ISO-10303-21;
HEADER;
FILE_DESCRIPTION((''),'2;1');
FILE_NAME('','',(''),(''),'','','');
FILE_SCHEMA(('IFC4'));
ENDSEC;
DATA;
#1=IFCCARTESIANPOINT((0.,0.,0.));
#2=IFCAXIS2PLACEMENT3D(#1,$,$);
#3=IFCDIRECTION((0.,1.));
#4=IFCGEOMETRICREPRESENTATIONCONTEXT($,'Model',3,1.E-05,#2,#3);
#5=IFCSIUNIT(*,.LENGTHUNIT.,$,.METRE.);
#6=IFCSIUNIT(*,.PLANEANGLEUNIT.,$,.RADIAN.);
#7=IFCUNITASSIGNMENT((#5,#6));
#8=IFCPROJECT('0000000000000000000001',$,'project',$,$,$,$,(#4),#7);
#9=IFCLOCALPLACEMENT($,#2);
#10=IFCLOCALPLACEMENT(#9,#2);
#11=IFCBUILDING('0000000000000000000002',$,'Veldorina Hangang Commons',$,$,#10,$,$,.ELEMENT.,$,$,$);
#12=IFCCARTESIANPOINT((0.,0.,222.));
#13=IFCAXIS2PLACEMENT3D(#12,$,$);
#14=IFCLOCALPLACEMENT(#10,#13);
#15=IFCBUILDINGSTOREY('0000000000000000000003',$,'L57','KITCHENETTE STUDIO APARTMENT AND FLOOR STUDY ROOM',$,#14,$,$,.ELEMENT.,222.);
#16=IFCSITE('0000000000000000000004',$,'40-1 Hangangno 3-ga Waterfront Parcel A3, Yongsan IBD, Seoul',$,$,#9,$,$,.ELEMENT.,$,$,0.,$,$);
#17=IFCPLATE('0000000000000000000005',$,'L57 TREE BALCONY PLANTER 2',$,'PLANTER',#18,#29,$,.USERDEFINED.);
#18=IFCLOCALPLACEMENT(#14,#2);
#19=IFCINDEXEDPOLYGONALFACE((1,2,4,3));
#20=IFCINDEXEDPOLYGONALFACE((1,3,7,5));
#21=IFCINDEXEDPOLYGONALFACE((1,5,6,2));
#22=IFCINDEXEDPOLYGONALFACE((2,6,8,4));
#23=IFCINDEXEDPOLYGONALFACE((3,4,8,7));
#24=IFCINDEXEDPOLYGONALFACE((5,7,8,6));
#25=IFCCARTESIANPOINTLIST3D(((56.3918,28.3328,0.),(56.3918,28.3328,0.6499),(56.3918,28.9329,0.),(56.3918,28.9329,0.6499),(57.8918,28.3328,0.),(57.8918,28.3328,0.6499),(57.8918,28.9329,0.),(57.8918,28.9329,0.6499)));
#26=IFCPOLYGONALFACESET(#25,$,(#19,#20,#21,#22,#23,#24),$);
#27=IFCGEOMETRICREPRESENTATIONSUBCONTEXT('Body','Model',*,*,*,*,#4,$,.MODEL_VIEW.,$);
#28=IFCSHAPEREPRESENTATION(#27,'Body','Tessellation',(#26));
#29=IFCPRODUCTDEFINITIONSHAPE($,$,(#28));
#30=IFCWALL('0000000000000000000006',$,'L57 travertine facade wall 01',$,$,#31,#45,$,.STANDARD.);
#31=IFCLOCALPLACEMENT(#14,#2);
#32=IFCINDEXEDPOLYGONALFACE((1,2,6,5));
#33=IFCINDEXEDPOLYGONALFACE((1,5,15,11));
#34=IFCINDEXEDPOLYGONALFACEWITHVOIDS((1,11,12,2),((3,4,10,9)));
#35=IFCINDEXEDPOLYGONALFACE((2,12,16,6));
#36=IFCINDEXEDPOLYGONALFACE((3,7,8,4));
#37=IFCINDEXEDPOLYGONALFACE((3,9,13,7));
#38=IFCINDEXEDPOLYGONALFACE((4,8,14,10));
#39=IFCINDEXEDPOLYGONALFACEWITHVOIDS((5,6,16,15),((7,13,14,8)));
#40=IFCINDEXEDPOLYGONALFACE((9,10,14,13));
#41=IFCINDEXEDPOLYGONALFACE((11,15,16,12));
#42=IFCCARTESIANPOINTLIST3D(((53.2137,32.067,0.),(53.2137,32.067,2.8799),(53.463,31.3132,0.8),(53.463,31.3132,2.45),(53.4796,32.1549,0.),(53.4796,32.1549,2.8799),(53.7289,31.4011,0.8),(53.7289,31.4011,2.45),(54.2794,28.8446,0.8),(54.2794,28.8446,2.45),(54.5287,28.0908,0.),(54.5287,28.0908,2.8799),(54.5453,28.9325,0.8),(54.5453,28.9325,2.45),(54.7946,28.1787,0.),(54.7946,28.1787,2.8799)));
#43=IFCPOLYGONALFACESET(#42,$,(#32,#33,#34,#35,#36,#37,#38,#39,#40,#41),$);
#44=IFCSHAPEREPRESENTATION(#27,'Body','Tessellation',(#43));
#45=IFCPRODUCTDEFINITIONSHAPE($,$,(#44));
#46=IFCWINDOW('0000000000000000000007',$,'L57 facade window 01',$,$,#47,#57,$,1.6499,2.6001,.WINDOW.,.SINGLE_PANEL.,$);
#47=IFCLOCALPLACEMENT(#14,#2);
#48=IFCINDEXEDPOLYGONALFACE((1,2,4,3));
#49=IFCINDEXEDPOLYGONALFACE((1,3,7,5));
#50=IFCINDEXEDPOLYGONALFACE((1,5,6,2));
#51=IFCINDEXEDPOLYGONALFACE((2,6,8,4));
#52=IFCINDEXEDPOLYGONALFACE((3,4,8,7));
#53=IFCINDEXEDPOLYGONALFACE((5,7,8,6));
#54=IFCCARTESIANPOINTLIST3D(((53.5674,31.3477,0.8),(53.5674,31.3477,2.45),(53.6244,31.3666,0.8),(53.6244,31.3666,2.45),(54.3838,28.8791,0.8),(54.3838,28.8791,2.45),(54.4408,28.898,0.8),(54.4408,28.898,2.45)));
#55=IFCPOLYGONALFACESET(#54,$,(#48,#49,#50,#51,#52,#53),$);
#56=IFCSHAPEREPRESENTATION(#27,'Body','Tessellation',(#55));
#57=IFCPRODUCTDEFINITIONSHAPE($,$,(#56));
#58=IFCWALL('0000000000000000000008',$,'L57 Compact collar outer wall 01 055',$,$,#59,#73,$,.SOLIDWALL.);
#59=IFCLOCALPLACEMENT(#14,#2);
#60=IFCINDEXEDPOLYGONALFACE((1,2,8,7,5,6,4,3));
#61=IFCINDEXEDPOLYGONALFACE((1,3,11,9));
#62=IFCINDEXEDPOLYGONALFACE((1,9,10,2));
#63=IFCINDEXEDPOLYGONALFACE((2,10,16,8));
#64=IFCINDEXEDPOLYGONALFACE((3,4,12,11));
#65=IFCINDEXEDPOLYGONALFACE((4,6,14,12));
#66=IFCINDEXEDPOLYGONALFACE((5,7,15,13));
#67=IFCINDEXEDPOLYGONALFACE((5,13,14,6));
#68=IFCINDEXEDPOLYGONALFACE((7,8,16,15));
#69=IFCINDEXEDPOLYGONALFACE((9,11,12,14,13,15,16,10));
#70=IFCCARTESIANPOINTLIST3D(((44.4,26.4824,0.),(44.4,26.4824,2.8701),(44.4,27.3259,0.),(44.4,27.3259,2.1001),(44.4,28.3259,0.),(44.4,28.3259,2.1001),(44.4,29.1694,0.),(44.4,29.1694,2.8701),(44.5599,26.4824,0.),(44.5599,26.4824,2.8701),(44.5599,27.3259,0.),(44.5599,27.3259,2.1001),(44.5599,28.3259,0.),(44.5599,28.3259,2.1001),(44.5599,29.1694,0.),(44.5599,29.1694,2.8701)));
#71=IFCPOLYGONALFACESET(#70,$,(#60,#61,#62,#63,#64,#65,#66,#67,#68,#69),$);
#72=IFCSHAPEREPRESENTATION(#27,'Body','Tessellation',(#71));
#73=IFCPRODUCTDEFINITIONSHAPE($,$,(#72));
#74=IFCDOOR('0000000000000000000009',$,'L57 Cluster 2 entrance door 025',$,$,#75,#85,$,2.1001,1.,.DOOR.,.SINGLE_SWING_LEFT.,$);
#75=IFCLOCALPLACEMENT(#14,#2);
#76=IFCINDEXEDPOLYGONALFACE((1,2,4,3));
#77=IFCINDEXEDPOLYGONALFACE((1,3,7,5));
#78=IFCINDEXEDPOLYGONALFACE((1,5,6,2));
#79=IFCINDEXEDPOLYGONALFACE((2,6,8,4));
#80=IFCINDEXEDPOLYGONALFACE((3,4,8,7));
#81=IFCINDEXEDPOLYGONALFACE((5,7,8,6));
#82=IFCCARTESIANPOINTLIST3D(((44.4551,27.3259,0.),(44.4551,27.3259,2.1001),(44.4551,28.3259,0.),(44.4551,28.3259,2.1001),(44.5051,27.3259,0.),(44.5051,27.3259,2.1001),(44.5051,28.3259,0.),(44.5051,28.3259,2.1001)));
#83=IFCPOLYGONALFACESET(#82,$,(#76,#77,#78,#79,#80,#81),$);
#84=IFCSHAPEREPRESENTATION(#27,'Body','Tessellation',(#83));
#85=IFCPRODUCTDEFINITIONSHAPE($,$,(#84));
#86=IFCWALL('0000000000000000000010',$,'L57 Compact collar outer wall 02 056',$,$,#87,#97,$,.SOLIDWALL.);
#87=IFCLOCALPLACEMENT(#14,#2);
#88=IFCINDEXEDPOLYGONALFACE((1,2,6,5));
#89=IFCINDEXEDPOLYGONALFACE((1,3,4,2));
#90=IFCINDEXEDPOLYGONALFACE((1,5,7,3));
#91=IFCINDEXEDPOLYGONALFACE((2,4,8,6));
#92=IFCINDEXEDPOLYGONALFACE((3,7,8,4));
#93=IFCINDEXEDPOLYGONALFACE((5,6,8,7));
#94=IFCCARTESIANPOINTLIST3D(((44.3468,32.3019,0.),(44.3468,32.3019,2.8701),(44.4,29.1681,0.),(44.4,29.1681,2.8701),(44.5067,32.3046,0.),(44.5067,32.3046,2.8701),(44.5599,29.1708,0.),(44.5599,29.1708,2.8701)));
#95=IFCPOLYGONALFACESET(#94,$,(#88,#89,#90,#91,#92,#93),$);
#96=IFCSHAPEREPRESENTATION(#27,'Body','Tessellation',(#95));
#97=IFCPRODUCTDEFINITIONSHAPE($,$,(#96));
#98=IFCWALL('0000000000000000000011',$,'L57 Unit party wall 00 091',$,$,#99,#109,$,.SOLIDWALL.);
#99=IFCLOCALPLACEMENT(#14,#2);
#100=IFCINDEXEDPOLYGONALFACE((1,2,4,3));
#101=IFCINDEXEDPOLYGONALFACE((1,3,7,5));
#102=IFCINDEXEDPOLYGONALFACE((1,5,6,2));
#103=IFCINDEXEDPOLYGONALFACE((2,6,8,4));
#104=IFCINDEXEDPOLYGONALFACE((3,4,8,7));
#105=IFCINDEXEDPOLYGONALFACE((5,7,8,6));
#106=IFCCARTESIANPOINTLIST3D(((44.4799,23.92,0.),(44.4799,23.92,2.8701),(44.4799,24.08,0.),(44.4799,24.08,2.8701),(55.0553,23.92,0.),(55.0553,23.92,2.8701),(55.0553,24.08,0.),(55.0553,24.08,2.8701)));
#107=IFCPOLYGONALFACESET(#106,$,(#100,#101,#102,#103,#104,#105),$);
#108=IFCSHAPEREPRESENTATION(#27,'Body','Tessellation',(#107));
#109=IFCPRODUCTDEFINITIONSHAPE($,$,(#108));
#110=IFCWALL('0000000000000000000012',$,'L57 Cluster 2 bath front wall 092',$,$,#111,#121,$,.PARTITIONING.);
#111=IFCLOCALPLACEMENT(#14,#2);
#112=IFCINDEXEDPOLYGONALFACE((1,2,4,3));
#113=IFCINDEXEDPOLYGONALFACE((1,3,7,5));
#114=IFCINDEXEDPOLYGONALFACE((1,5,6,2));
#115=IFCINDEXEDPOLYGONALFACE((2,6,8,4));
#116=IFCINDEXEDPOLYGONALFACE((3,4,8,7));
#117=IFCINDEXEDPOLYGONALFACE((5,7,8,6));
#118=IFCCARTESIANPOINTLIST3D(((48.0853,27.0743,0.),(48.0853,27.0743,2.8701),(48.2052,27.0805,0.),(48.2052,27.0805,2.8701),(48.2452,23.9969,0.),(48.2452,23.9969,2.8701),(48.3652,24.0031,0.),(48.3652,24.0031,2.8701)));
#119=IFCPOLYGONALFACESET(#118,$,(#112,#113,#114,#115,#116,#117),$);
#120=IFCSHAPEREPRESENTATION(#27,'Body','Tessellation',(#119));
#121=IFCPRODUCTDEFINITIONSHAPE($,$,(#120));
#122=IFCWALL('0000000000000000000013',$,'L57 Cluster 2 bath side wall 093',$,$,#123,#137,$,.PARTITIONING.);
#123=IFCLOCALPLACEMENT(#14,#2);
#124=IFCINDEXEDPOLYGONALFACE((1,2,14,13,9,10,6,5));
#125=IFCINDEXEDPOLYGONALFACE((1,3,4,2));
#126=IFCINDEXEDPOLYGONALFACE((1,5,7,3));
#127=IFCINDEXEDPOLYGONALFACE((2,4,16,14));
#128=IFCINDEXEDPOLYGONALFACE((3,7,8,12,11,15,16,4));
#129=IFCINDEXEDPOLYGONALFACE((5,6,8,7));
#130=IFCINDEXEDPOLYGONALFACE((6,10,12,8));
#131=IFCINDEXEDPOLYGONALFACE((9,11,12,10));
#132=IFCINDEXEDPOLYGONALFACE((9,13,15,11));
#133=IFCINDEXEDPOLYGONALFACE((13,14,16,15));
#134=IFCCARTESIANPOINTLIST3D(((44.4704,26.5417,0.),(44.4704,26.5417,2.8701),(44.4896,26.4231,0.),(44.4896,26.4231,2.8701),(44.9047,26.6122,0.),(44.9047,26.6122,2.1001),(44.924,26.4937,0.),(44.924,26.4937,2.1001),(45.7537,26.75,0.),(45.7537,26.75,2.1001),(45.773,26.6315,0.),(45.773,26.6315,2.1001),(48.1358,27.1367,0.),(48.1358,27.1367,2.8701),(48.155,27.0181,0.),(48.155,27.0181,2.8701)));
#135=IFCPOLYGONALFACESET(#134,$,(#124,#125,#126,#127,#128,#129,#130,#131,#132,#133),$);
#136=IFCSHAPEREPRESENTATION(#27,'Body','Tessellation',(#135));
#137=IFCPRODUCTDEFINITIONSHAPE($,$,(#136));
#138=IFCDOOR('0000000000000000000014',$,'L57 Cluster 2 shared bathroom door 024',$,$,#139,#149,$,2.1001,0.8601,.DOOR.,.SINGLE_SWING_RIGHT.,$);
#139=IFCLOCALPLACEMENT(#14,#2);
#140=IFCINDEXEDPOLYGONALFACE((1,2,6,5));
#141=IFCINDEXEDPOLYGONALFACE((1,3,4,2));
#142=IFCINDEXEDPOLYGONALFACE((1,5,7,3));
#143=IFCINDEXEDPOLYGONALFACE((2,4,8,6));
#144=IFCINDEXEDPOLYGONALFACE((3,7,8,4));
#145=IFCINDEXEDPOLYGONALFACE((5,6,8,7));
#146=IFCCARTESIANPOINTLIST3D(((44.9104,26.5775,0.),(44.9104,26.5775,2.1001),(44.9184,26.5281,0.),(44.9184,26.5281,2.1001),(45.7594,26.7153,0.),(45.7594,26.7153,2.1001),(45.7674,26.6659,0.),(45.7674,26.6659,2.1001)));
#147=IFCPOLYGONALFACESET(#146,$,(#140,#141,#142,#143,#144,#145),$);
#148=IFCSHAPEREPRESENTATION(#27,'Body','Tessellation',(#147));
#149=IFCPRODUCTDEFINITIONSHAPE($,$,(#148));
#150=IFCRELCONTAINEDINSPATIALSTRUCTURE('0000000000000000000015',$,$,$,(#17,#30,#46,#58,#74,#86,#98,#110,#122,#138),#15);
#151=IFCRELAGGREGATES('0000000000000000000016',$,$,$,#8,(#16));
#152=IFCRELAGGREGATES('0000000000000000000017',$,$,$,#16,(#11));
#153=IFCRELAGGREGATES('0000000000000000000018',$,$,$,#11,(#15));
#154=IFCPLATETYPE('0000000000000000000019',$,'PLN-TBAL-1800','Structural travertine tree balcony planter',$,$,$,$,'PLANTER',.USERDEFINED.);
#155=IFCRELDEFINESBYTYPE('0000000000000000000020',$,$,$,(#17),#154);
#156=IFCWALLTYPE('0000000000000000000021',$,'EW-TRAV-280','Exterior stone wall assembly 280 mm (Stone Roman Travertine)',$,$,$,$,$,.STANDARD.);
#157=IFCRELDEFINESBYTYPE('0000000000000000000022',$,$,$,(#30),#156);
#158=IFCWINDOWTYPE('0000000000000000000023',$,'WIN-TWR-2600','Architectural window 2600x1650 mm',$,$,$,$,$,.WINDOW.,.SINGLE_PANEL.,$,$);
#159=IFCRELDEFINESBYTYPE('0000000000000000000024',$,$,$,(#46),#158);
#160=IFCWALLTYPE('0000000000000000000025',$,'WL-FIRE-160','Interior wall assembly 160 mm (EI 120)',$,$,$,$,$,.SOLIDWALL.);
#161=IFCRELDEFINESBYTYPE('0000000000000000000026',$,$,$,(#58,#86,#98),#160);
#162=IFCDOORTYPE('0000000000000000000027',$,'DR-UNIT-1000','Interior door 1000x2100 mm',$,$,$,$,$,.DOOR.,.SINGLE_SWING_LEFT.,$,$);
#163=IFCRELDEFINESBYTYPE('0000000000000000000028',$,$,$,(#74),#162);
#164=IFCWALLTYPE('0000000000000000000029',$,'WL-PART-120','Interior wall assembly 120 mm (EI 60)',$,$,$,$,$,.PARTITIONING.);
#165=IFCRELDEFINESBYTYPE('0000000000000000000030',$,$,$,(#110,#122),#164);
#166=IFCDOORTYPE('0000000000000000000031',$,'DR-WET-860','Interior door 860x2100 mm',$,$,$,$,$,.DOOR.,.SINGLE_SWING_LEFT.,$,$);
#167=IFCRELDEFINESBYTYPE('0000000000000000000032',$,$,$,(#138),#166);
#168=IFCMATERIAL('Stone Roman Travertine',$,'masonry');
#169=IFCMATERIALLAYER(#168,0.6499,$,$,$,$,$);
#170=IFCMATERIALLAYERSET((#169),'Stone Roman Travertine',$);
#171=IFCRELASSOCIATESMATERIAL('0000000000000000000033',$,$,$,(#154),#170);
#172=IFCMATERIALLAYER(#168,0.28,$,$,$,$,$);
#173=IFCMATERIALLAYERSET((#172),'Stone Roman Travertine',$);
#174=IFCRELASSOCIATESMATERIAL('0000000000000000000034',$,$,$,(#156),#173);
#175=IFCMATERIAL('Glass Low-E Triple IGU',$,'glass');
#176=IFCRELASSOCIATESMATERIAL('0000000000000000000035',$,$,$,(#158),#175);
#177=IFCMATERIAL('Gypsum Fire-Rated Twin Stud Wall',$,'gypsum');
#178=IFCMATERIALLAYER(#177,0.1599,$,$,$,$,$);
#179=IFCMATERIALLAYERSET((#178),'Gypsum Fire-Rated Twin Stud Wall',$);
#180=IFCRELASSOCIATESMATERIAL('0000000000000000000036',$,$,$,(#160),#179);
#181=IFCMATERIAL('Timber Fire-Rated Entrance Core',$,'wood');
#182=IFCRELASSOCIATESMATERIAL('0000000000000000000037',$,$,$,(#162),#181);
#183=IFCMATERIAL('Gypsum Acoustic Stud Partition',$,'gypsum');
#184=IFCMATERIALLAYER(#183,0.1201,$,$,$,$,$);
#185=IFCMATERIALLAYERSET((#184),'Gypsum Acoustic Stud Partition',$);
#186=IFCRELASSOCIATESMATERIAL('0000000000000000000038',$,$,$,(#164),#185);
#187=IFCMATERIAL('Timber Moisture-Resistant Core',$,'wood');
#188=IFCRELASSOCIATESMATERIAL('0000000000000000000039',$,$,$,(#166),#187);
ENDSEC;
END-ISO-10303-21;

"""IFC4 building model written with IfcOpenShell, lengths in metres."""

from ifc_helpers import new_model, si_unit, direction, frame, frame_2d, origin, origin_2d, place, context, subcontext, project, spatial, rectangle, extrude, material, layer, layer_set, type_object, element, fill, save


model = new_model("IFC4")

# Units and contexts
model_context = context("Model", 3, precision=1e-05, world=origin(), true_north=direction((0.0, 1.0)))
body_context = subcontext(model_context, "Body", "Model", "MODEL_VIEW")
ifc_project = project(units=[si_unit("LENGTHUNIT", "METRE"), si_unit("PLANEANGLEUNIT", "RADIAN")], contexts=[model_context])

# Site, building, storey
site_placement = place(None, origin())
site = spatial("IfcSite", under=ifc_project, at=site_placement, Name="40-1 Hangangno 3-ga Waterfront Parcel A3, Yongsan IBD, Seoul", CompositionType="ELEMENT", RefElevation=0.0)
building_placement = place(site_placement, origin())
building = spatial("IfcBuilding", under=site, at=building_placement, Name="Veldorina Hangang Commons", CompositionType="ELEMENT")
storey_placement = place(building_placement, frame((0.0, 0.0, 222.0)))
storey = spatial("IfcBuildingStorey", under=building, at=storey_placement, Name="L57", Description="KITCHENETTE STUDIO APARTMENT AND FLOOR STUDY ROOM", CompositionType="ELEMENT", Elevation=222.0)

# Plate
ifc_material_1 = material(Name="Stone Roman Travertine", Category="masonry")
ifc_layer_1 = layer(ifc_material_1, 0.6499)
ifc_layer_set_1 = layer_set([ifc_layer_1], Name="Stone Roman Travertine")
plate_type_1 = type_object("IfcPlateType", Name="PLN-TBAL-1800", Description="Structural travertine tree balcony planter", ElementType="PLANTER", PredefinedType="USERDEFINED", material=ifc_layer_set_1)
plate_1_placement = place(storey_placement, frame((57.1418, 28.6328, 0.0), z_axis=(0.0, 0.0, 1.0), x_axis=(1.0, 0.0, 0.0)))
element("IfcPlate", 1, at=plate_1_placement, inside=storey, type_object=plate_type_1, Name="L57 TREE BALCONY PLANTER 2", ObjectType="PLANTER", PredefinedType="USERDEFINED", context=body_context, shape_type="SweptSolid", body=[
    extrude(rectangle(XDim=1.5, YDim=0.6001, at=origin_2d()), origin(), (0.0, 0.0, 1.0), 0.6499),
])

# Wall, opening, window
ifc_layer_2 = layer(ifc_material_1, 0.28)
ifc_layer_set_2 = layer_set([ifc_layer_2], Name="Stone Roman Travertine")
wall_type_1 = type_object("IfcWallType", Name="EW-TRAV-280", Description="Exterior stone wall assembly 280 mm (Stone Roman Travertine)", PredefinedType="STANDARD", material=ifc_layer_set_2)
wall_1_placement = place(storey_placement, frame((54.6616, 28.1348, 0.0), z_axis=(0.0, 0.0, 1.0), x_axis=(-0.313988, 0.949427, 0.0)))
wall_1 = element("IfcWall", 2, at=wall_1_placement, inside=storey, type_object=wall_type_1, Name="L57 travertine facade wall 01", PredefinedType="STANDARD", context=body_context, shape_type="SweptSolid", body=[
    extrude(rectangle(XDim=4.188, YDim=0.28, at=frame_2d((2.094, 0.0))), origin(), (0.0, 0.0, 1.0), 2.8799),
])
opening_1_placement = place(wall_1_placement, frame((0.7939, 0.0, 0.8)))
opening_1 = element("IfcOpeningElement", 3, at=opening_1_placement, cuts=wall_1, PredefinedType="OPENING", context=body_context, shape_type="SweptSolid", body=[
    extrude(rectangle(XDim=2.6001, YDim=1.6499, at=frame_2d((1.3, 0.825))), frame((0.0, 0.1499, 0.0), z_axis=(0.0, -1.0, 0.0), x_axis=(1.0, 0.0, 0.0)), (0.0, 0.0, 1.0), 0.3),
])
ifc_material_2 = material(Name="Glass Low-E Triple IGU", Category="glass")
window_type = type_object("IfcWindowType", Name="WIN-TWR-2600", Description="Architectural window 2600x1650 mm", PartitioningType="SINGLE_PANEL", PredefinedType="WINDOW", material=ifc_material_2)
window_placement = place(opening_1_placement, origin())
window = element("IfcWindow", 4, at=window_placement, inside=storey, type_object=window_type, Name="L57 facade window 01", OverallHeight=1.6499, OverallWidth=2.6001, PartitioningType="SINGLE_PANEL", PredefinedType="WINDOW", context=body_context, shape_type="SweptSolid", body=[
    extrude(rectangle(XDim=2.6001, YDim=1.6499, at=frame_2d((1.3, 0.825))), frame((0.0, 0.03, 0.0), z_axis=(0.0, -1.0, 0.0), x_axis=(1.0, 0.0, 0.0)), (0.0, 0.0, 1.0), 0.0601),
])
fill(opening_1, window)

# Wall, opening, door
ifc_material_3 = material(Name="Gypsum Fire-Rated Twin Stud Wall", Category="gypsum")
ifc_layer_3 = layer(ifc_material_3, 0.1599)
ifc_layer_set_3 = layer_set([ifc_layer_3], Name="Gypsum Fire-Rated Twin Stud Wall")
wall_type_2 = type_object("IfcWallType", Name="WL-FIRE-160", Description="Interior wall assembly 160 mm (EI 120)", PredefinedType="SOLIDWALL", material=ifc_layer_set_3)
wall_2_placement = place(storey_placement, frame((44.48, 26.4824, 0.0), z_axis=(0.0, 0.0, 1.0), x_axis=(0.0, 1.0, 0.0)))
wall_2 = element("IfcWall", 5, at=wall_2_placement, inside=storey, type_object=wall_type_2, Name="L57 Compact collar outer wall 01 055", PredefinedType="SOLIDWALL", context=body_context, shape_type="SweptSolid", body=[
    extrude(rectangle(XDim=2.687, YDim=0.1599, at=frame_2d((1.3435, 0.0))), origin(), (0.0, 0.0, 1.0), 2.8701),
])
opening_2_placement = place(wall_2_placement, frame((0.8435, 0.0, 0.0)))
opening_2 = element("IfcOpeningElement", 6, at=opening_2_placement, cuts=wall_2, PredefinedType="OPENING", context=body_context, shape_type="SweptSolid", body=[
    extrude(rectangle(XDim=1.0, YDim=2.1001, at=frame_2d((0.5, 1.05))), frame((0.0, 0.0898, 0.0), z_axis=(0.0, -1.0, 0.0), x_axis=(1.0, 0.0, 0.0)), (0.0, 0.0, 1.0), 0.1799),
])
ifc_material_4 = material(Name="Timber Fire-Rated Entrance Core", Category="wood")
door_type_1 = type_object("IfcDoorType", Name="DR-UNIT-1000", Description="Interior door 1000x2100 mm", OperationType="SINGLE_SWING_LEFT", PredefinedType="DOOR", material=ifc_material_4)
door_1_placement = place(opening_2_placement, origin())
door_1 = element("IfcDoor", 7, at=door_1_placement, inside=storey, type_object=door_type_1, Name="L57 Cluster 2 entrance door 025", OperationType="SINGLE_SWING_LEFT", OverallHeight=2.1001, OverallWidth=1.0, PredefinedType="DOOR", context=body_context, shape_type="SweptSolid", body=[
    extrude(rectangle(XDim=1.0, YDim=2.1001, at=frame_2d((0.5, 1.05))), frame((0.0, 0.0249, 0.0), z_axis=(0.0, -1.0, 0.0), x_axis=(1.0, 0.0, 0.0)), (0.0, 0.0, 1.0), 0.05),
])
fill(opening_2, door_1)

# Walls
wall_3_placement = place(storey_placement, frame((44.48, 29.1694, 0.0), z_axis=(0.0, 0.0, 1.0), x_axis=(-0.016981, 0.999856, 0.0)))
element("IfcWall", 8, at=wall_3_placement, inside=storey, type_object=wall_type_2, Name="L57 Compact collar outer wall 02 056", PredefinedType="SOLIDWALL", context=body_context, shape_type="SweptSolid", body=[
    extrude(rectangle(XDim=3.1343, YDim=0.1599, at=frame_2d((1.5671, 0.0))), origin(), (0.0, 0.0, 1.0), 2.8701),
])
wall_4_placement = place(storey_placement, frame((44.48, 24.0, 0.0), z_axis=(0.0, 0.0, 1.0), x_axis=(1.0, 0.0, 0.0)))
element("IfcWall", 9, at=wall_4_placement, inside=storey, type_object=wall_type_2, Name="L57 Unit party wall 00 091", PredefinedType="SOLIDWALL", context=body_context, shape_type="SweptSolid", body=[
    extrude(rectangle(XDim=10.5754, YDim=0.1599, at=frame_2d((5.2876, 0.0))), origin(), (0.0, 0.0, 1.0), 2.8701),
])
ifc_material_5 = material(Name="Gypsum Acoustic Stud Partition", Category="gypsum")
ifc_layer_4 = layer(ifc_material_5, 0.1201)
ifc_layer_set_4 = layer_set([ifc_layer_4], Name="Gypsum Acoustic Stud Partition")
wall_type_3 = type_object("IfcWallType", Name="WL-PART-120", Description="Interior wall assembly 120 mm (EI 60)", PredefinedType="PARTITIONING", material=ifc_layer_set_4)
wall_5_placement = place(storey_placement, frame((48.3052, 24.0, 0.0), z_axis=(0.0, 0.0, 1.0), x_axis=(-0.051893, 0.998653, 0.0)))
element("IfcWall", 10, at=wall_5_placement, inside=storey, type_object=wall_type_3, Name="L57 Cluster 2 bath front wall 092", PredefinedType="PARTITIONING", context=body_context, shape_type="SweptSolid", body=[
    extrude(rectangle(XDim=3.0815, YDim=0.1201, at=frame_2d((1.5408, 0.0))), origin(), (0.0, 0.0, 1.0), 2.8701),
])

# Wall, opening, door
wall_6_placement = place(storey_placement, frame((44.48, 26.4824, 0.0), z_axis=(0.0, 0.0, 1.0), x_axis=(0.98708, 0.160229, 0.0)))
wall_6 = element("IfcWall", 11, at=wall_6_placement, inside=storey, type_object=wall_type_3, Name="L57 Cluster 2 bath side wall 093", PredefinedType="PARTITIONING", context=body_context, shape_type="SweptSolid", body=[
    extrude(rectangle(XDim=3.7134, YDim=0.1201, at=frame_2d((1.8567, 0.0))), origin(), (0.0, 0.0, 1.0), 2.8701),
])
opening_3_placement = place(wall_6_placement, frame((0.4399, 0.0, 0.0)))
opening_3 = element("IfcOpeningElement", 12, at=opening_3_placement, cuts=wall_6, PredefinedType="OPENING", context=body_context, shape_type="SweptSolid", body=[
    extrude(rectangle(XDim=0.8601, YDim=2.1001, at=frame_2d((0.4302, 1.05))), frame((0.0, 0.0701, 0.0), z_axis=(0.0, -1.0, 0.0), x_axis=(1.0, 0.0, 0.0)), (0.0, 0.0, 1.0), 0.1401),
])
ifc_material_6 = material(Name="Timber Moisture-Resistant Core", Category="wood")
door_type_2 = type_object("IfcDoorType", Name="DR-WET-860", Description="Interior door 860x2100 mm", OperationType="SINGLE_SWING_LEFT", PredefinedType="DOOR", material=ifc_material_6)
door_2_placement = place(opening_3_placement, origin())
door_2 = element("IfcDoor", 13, at=door_2_placement, inside=storey, type_object=door_type_2, Name="L57 Cluster 2 shared bathroom door 024", OperationType="SINGLE_SWING_RIGHT", OverallHeight=2.1001, OverallWidth=0.8601, PredefinedType="DOOR", context=body_context, shape_type="SweptSolid", body=[
    extrude(rectangle(XDim=0.8601, YDim=2.1001, at=frame_2d((0.4302, 1.05))), frame((0.0, 0.0249, 0.0), z_axis=(0.0, -1.0, 0.0), x_axis=(1.0, 0.0, 0.0)), (0.0, 0.0, 1.0), 0.05),
])
fill(opening_3, door_2)

save(model, "model.ifc")
